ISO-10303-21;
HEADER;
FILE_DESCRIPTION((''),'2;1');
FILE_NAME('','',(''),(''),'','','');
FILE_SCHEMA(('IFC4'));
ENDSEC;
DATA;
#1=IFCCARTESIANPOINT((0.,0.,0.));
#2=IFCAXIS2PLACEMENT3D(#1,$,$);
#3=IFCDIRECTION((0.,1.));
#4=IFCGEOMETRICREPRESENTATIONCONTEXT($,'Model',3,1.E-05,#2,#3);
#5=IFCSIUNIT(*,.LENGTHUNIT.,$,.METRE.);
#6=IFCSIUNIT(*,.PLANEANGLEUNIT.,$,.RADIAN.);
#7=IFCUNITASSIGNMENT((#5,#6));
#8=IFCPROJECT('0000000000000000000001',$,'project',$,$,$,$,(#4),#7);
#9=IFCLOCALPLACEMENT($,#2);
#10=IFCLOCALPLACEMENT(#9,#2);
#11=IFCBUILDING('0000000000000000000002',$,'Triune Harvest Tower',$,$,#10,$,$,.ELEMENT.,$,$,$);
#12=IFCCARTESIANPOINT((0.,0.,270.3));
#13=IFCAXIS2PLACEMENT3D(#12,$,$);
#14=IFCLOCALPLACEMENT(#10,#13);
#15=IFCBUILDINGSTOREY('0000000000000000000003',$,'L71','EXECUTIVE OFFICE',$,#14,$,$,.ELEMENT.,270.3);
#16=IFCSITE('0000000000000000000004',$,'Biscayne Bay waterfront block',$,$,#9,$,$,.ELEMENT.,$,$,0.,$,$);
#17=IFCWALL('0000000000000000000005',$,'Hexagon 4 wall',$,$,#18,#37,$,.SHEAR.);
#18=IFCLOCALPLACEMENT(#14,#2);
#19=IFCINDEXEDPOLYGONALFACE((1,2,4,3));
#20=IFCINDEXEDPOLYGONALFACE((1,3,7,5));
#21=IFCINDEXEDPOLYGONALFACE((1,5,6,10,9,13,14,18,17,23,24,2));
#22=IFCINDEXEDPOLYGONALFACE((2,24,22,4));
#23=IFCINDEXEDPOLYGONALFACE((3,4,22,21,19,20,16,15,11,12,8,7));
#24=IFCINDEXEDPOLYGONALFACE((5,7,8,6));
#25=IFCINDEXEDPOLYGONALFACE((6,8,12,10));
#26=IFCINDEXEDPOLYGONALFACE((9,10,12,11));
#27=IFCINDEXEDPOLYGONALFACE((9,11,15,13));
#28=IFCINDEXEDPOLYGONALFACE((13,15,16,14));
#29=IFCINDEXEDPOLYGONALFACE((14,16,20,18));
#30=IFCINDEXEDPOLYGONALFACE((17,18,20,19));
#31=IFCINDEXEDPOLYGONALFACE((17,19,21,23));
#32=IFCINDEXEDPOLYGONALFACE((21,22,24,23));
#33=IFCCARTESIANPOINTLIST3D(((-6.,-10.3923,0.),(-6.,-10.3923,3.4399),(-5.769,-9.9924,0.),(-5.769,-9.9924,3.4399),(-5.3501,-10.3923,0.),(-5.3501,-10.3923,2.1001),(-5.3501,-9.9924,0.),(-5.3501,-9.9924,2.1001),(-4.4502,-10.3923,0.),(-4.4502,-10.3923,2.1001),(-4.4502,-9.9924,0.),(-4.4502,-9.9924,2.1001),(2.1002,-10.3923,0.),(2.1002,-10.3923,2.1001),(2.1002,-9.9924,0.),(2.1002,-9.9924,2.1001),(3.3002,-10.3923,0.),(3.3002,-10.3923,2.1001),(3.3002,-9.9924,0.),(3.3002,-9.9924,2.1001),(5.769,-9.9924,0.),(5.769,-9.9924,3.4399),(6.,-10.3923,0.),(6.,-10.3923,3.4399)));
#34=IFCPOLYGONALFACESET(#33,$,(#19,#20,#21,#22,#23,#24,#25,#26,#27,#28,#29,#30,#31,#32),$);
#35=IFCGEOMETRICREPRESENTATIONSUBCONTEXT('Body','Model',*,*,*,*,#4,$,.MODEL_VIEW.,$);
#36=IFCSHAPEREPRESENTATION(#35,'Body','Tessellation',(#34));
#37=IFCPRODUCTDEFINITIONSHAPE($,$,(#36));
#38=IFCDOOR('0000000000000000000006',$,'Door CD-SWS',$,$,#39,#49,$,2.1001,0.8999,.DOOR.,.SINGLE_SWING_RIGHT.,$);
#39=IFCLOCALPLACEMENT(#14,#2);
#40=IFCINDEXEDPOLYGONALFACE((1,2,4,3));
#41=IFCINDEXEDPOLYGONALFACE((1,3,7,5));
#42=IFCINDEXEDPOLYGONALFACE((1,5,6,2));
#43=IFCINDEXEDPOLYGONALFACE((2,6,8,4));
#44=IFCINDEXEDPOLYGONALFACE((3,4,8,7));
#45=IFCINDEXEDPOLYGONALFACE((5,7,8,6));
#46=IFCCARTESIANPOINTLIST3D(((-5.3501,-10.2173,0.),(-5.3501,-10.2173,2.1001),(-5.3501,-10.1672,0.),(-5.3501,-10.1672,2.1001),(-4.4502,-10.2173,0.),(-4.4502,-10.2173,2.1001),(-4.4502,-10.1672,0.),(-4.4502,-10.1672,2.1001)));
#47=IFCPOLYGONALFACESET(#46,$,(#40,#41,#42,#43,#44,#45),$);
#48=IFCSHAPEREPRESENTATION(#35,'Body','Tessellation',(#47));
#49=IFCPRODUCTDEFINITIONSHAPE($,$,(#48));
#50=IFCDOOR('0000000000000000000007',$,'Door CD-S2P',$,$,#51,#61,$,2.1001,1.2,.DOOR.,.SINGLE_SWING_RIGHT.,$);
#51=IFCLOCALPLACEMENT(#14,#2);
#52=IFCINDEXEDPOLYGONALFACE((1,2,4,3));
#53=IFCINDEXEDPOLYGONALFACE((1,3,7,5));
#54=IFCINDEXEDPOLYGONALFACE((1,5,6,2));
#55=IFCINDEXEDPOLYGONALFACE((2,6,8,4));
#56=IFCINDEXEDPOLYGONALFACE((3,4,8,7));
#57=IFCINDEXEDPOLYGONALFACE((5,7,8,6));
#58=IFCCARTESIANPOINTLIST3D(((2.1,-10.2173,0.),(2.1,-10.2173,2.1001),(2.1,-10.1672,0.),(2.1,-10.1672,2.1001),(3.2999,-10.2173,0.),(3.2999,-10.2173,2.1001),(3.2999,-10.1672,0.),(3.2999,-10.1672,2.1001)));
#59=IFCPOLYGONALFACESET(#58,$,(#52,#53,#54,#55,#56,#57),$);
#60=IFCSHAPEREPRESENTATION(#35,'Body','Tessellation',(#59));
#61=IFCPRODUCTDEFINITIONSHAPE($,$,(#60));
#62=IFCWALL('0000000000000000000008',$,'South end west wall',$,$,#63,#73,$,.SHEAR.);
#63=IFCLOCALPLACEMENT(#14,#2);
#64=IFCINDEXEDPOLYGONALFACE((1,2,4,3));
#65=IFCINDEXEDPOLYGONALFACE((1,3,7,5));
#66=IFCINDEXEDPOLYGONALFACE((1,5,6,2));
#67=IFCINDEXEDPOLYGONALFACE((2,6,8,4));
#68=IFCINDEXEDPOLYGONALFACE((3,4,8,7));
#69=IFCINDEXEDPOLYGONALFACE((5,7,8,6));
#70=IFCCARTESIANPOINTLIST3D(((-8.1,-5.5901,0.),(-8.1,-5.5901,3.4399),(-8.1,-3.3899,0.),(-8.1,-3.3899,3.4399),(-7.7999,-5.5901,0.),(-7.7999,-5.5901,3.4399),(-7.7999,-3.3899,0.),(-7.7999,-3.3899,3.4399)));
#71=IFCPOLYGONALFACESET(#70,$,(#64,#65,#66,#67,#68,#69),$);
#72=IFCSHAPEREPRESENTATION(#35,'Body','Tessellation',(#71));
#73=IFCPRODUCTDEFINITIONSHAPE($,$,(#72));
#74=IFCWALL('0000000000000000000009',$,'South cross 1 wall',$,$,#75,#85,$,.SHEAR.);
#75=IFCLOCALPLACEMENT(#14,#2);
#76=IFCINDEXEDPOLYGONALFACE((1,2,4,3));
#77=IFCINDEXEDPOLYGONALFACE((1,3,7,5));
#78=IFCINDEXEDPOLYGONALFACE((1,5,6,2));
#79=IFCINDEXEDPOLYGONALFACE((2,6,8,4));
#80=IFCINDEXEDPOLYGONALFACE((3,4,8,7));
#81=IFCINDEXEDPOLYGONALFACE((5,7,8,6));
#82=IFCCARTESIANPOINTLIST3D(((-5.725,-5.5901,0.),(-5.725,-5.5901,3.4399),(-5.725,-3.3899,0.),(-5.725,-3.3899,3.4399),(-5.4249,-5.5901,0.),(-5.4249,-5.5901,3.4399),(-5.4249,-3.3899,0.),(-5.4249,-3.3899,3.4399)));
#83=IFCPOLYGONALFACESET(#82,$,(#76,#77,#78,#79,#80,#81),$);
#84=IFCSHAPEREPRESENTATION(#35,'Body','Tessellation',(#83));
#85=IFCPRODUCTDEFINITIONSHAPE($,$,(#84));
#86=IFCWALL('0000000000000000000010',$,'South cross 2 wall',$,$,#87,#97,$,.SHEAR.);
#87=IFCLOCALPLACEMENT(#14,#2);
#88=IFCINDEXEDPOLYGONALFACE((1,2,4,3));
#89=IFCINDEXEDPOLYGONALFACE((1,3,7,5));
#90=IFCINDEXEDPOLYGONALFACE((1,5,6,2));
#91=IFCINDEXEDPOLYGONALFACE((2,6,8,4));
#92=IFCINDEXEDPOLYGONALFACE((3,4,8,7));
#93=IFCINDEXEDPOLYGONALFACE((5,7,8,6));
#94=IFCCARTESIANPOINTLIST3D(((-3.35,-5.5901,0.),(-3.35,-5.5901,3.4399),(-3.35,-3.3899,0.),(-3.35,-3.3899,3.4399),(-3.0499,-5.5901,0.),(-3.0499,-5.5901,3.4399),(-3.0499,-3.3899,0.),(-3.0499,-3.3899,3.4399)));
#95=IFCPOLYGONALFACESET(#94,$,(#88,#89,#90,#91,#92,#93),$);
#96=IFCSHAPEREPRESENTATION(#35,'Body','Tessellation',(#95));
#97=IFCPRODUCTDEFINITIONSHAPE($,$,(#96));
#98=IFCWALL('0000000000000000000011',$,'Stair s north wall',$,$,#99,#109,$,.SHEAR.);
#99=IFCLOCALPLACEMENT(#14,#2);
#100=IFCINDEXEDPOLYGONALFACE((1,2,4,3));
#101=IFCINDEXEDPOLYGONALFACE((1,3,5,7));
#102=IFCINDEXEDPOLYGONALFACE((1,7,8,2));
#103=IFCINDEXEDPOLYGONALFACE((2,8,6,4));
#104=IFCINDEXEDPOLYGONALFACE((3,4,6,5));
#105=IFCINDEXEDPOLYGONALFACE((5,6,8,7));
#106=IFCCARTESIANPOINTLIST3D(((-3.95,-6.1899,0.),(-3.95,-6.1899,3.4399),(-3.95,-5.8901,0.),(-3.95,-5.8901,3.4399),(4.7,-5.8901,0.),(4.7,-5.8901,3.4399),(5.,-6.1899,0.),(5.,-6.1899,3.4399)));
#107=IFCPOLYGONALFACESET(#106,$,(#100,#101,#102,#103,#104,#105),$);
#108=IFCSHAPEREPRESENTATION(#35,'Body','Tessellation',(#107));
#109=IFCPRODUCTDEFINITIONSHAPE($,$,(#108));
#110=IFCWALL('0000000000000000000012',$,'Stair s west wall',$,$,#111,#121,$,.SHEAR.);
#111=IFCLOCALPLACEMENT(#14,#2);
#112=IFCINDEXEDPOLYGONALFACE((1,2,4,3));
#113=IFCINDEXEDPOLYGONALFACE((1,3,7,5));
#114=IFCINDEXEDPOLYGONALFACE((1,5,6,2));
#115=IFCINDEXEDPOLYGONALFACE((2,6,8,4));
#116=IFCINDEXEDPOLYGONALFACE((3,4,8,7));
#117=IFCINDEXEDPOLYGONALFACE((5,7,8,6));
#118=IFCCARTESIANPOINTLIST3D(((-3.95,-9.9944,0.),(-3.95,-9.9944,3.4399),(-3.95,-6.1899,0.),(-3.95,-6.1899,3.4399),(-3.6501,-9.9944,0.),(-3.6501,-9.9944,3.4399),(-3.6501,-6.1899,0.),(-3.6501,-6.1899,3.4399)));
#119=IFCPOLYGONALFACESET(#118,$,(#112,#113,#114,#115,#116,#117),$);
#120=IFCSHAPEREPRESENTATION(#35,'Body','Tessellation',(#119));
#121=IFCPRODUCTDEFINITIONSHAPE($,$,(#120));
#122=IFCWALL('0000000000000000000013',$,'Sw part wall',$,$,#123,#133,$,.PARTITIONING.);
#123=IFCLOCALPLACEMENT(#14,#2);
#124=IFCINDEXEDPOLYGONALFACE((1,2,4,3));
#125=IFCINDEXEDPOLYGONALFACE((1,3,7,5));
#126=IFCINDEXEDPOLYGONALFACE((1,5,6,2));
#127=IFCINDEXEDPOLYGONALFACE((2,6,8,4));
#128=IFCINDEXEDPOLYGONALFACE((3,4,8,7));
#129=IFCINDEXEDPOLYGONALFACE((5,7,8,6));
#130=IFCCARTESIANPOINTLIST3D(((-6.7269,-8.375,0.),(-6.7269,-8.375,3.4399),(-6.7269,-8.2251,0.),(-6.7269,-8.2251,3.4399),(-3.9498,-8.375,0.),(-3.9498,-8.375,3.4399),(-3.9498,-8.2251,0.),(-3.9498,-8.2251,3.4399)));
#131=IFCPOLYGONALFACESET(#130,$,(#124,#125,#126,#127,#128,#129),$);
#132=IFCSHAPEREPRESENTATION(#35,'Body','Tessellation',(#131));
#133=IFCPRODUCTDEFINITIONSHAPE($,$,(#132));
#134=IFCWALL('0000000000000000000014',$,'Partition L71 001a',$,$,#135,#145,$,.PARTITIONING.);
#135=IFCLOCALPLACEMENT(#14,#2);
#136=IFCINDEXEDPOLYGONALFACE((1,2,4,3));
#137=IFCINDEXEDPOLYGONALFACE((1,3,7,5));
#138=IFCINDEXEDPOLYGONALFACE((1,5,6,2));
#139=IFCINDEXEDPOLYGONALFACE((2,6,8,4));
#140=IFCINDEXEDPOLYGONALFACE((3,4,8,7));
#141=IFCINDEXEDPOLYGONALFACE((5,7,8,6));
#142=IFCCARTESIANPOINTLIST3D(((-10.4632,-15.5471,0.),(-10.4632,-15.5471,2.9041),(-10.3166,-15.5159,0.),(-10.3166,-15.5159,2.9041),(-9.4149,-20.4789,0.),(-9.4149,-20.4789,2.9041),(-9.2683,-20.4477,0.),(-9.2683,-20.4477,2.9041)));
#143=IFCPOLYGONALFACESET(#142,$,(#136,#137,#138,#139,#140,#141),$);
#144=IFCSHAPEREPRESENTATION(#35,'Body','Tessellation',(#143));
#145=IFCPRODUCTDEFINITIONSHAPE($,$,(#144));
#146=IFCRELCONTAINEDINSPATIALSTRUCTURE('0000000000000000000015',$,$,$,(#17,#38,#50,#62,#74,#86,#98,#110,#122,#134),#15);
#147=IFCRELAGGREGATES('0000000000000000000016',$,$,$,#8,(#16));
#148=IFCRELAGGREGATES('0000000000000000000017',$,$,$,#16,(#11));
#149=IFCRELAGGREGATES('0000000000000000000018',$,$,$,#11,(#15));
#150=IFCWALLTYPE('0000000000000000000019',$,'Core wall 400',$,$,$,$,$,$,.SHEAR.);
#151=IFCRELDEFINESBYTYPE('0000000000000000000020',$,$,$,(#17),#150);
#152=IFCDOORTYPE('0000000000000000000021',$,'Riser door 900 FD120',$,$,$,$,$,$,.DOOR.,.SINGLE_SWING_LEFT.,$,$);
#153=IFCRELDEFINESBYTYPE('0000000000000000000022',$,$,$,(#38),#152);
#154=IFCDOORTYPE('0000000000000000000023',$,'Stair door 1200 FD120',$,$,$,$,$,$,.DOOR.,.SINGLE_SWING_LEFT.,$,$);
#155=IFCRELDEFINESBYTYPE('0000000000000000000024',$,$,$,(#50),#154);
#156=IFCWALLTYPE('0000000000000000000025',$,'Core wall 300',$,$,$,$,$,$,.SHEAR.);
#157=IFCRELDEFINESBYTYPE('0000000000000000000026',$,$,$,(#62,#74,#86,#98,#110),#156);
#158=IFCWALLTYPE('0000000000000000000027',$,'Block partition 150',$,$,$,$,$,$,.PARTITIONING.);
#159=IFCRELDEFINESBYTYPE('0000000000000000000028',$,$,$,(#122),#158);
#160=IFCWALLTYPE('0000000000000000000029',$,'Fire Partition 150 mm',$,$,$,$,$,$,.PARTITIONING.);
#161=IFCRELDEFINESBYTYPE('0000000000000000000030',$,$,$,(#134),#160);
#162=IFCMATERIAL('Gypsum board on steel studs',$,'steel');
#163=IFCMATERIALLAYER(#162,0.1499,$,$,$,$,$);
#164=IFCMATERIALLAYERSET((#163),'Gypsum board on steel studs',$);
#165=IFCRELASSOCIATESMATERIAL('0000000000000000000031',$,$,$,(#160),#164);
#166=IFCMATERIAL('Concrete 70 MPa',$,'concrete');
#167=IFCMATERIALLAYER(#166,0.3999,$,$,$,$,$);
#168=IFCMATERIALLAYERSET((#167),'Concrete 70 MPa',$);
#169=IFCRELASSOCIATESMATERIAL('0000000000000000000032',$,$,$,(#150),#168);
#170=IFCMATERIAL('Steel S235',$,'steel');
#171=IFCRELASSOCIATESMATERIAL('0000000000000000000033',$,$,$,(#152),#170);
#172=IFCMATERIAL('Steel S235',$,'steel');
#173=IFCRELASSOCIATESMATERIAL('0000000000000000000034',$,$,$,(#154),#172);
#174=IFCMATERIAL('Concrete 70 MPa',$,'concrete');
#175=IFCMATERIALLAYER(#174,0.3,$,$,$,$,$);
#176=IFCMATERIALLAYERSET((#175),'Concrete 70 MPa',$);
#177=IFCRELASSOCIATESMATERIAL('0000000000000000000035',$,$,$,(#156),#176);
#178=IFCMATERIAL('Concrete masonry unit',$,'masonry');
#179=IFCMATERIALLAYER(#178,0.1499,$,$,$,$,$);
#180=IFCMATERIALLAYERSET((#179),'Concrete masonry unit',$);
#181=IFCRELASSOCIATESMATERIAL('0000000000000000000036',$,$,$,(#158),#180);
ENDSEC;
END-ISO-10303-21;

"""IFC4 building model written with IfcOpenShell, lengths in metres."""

from ifc_helpers import new_model, si_unit, direction, frame, frame_2d, origin, place, context, subcontext, project, spatial, polyline, rectangle, outline, extrude, source, transform, mapped, material, layer, layer_set, type_object, element, fill, save


model = new_model("IFC4")

# Units and contexts
model_context = context("Model", 3, precision=1e-05, world=origin(), true_north=direction((0.0, 1.0)))
body_context = subcontext(model_context, "Body", "Model", "MODEL_VIEW")
ifc_project = project(units=[si_unit("LENGTHUNIT", "METRE"), si_unit("PLANEANGLEUNIT", "RADIAN")], contexts=[model_context])

# Site, building, storey
site_placement = place(None, origin())
site = spatial("IfcSite", under=ifc_project, at=site_placement, Name="Biscayne Bay waterfront block", CompositionType="ELEMENT", RefElevation=0.0)
building_placement = place(site_placement, origin())
building = spatial("IfcBuilding", under=site, at=building_placement, Name="Triune Harvest Tower", CompositionType="ELEMENT")
storey_placement = place(building_placement, frame((0.0, 0.0, 270.3)))
storey = spatial("IfcBuildingStorey", under=building, at=storey_placement, Name="L71", Description="EXECUTIVE OFFICE", CompositionType="ELEMENT", Elevation=270.3)

# Shared definitions
ifc_material_1 = material(Name="Gypsum board on steel studs", Category="steel")
ifc_layer_1 = layer(ifc_material_1, 0.1499)
ifc_layer_set_1 = layer_set([ifc_layer_1], Name="Gypsum board on steel studs")
wall_type_1 = type_object("IfcWallType", Name="Fire Partition 150 mm", PredefinedType="PARTITIONING", material=ifc_layer_set_1)

# Wall, openings, doors
ifc_material_2 = material(Name="Concrete 70 MPa", Category="concrete")
ifc_layer_2 = layer(ifc_material_2, 0.3999)
ifc_layer_set_2 = layer_set([ifc_layer_2], Name="Concrete 70 MPa")
wall_type_2 = type_object("IfcWallType", Name="Core wall 400", PredefinedType="SHEAR", material=ifc_layer_set_2)
shared_shape_1 = source(origin(), body_context, "Body", "SweptSolid", [
    extrude(outline(polyline([(-0.1155, -0.2), (11.8845, -0.2), (11.6536, 0.2), (0.1155, 0.2), (-0.1155, -0.2)])), origin(), (0.0, 0.0, 1.0), 3.4399),
])
wall_1_placement = place(storey_placement, frame((-5.8845, -10.1924, 0.0), z_axis=(0.0, 0.0, 1.0), x_axis=(1.0, 0.0, 0.0)))
wall_1 = element("IfcWall", 1, at=wall_1_placement, inside=storey, type_object=wall_type_2, Name="Hexagon 4 wall", PredefinedType="SHEAR", context=body_context, shape_type="MappedRepresentation", body=[
    mapped(shared_shape_1, transform((0.0, 0.0, 0.0), scale=1.0)),
])
opening_1_placement = place(wall_1_placement, frame((7.9846, 0.0, 0.0)))
opening_1 = element("IfcOpeningElement", 2, at=opening_1_placement, cuts=wall_1, PredefinedType="OPENING", context=body_context, shape_type="SweptSolid", body=[
    extrude(rectangle(XDim=1.2, YDim=2.1001, at=frame_2d((0.6001, 1.05))), frame((0.0, 0.21, 0.0), z_axis=(0.0, -1.0, 0.0), x_axis=(1.0, 0.0, 0.0)), (0.0, 0.0, 1.0), 0.4199),
])
opening_2_placement = place(wall_1_placement, frame((0.5344, 0.0, 0.0)))
opening_2 = element("IfcOpeningElement", 3, at=opening_2_placement, cuts=wall_1, PredefinedType="OPENING", context=body_context, shape_type="SweptSolid", body=[
    extrude(rectangle(XDim=0.8999, YDim=2.1001, at=frame_2d((0.45, 1.05))), frame((0.0, 0.21, 0.0), z_axis=(0.0, -1.0, 0.0), x_axis=(1.0, 0.0, 0.0)), (0.0, 0.0, 1.0), 0.4199),
])
ifc_material_3 = material(Name="Steel S235", Category="steel")
door_type_1 = type_object("IfcDoorType", Name="Riser door 900 FD120", OperationType="SINGLE_SWING_LEFT", PredefinedType="DOOR", material=ifc_material_3)
door_1_placement = place(opening_2_placement, frame((0.8999, 0.0, 0.0), z_axis=(0.0, 0.0, 1.0), x_axis=(-1.0, 0.0, 0.0)))
door_1 = element("IfcDoor", 4, at=door_1_placement, inside=storey, type_object=door_type_1, Name="Door CD-SWS", OperationType="SINGLE_SWING_RIGHT", OverallHeight=2.1001, OverallWidth=0.8999, PredefinedType="DOOR", context=body_context, shape_type="SweptSolid", body=[
    extrude(rectangle(XDim=0.8999, YDim=2.1001, at=frame_2d((0.45, 1.05))), frame((0.0, 0.0249, 0.0), z_axis=(0.0, -1.0, 0.0), x_axis=(1.0, 0.0, 0.0)), (0.0, 0.0, 1.0), 0.05),
])
fill(opening_2, door_1)
ifc_material_4 = material(Name="Steel S235", Category="steel")
door_type_2 = type_object("IfcDoorType", Name="Stair door 1200 FD120", OperationType="SINGLE_SWING_LEFT", PredefinedType="DOOR", material=ifc_material_4)
door_2_placement = place(opening_1_placement, frame((1.2, 0.0, 0.0), z_axis=(0.0, 0.0, 1.0), x_axis=(-1.0, 0.0, 0.0)))
door_2 = element("IfcDoor", 5, at=door_2_placement, inside=storey, type_object=door_type_2, Name="Door CD-S2P", OperationType="SINGLE_SWING_RIGHT", OverallHeight=2.1001, OverallWidth=1.2, PredefinedType="DOOR", context=body_context, shape_type="SweptSolid", body=[
    extrude(rectangle(XDim=1.2, YDim=2.1001, at=frame_2d((0.6001, 1.05))), frame((0.0, 0.0249, 0.0), z_axis=(0.0, -1.0, 0.0), x_axis=(1.0, 0.0, 0.0)), (0.0, 0.0, 1.0), 0.05),
])
fill(opening_1, door_2)

# Walls
ifc_material_5 = material(Name="Concrete 70 MPa", Category="concrete")
ifc_layer_3 = layer(ifc_material_5, 0.3)
ifc_layer_set_3 = layer_set([ifc_layer_3], Name="Concrete 70 MPa")
wall_type_3 = type_object("IfcWallType", Name="Core wall 300", PredefinedType="SHEAR", material=ifc_layer_set_3)
shared_shape_2 = source(origin(), body_context, "Body", "SweptSolid", [
    extrude(rectangle(XDim=2.2002, YDim=0.3, at=frame_2d((1.1001, 0.0))), origin(), (0.0, 0.0, 1.0), 3.4399),
])
for number, where, z_axis, x_axis, name in (
    (6, (-7.95, -5.5901, 0.0), (0.0, 0.0, 1.0), (0.0, 1.0, 0.0), "South end west wall"),
    (7, (-5.575, -5.5901, 0.0), (0.0, 0.0, 1.0), (0.0, 1.0, 0.0), "South cross 1 wall"),
    (8, (-3.2, -5.5901, 0.0), (0.0, 0.0, 1.0), (0.0, 1.0, 0.0), "South cross 2 wall"),
):
    element("IfcWall", number, at=place(storey_placement, frame(where, z_axis=z_axis, x_axis=x_axis)), inside=storey, type_object=wall_type_3, Name=name, PredefinedType="SHEAR", context=body_context, shape_type="MappedRepresentation", body=[
        mapped(shared_shape_2, transform((0.0, 0.0, 0.0), scale=1.0)),
    ])
shared_shape_3 = source(origin(), body_context, "Body", "SweptSolid", [
    extrude(outline(polyline([(0.0, -0.1499), (8.95, -0.1499), (8.6499, 0.1499), (0.0, 0.1499), (0.0, -0.1499)])), origin(), (0.0, 0.0, 1.0), 3.4399),
])
wall_2_placement = place(storey_placement, frame((-3.95, -6.04, 0.0), z_axis=(0.0, 0.0, 1.0), x_axis=(1.0, 0.0, 0.0)))
element("IfcWall", 9, at=wall_2_placement, inside=storey, type_object=wall_type_3, Name="Stair s north wall", PredefinedType="SHEAR", context=body_context, shape_type="MappedRepresentation", body=[
    mapped(shared_shape_3, transform((0.0, 0.0, 0.0), scale=1.0)),
])
shared_shape_4 = source(origin(), body_context, "Body", "SweptSolid", [
    extrude(outline(polyline([(3.8, -0.1499), (-0.0044, -0.1499), (-0.0044, 0.1499), (3.8, 0.1499), (3.8, -0.1499)])), origin(), (0.0, 0.0, 1.0), 3.4399),
])
wall_3_placement = place(storey_placement, frame((-3.8, -9.99, 0.0), z_axis=(0.0, 0.0, 1.0), x_axis=(0.0, 1.0, 0.0)))
element("IfcWall", 10, at=wall_3_placement, inside=storey, type_object=wall_type_3, Name="Stair s west wall", PredefinedType="SHEAR", context=body_context, shape_type="MappedRepresentation", body=[
    mapped(shared_shape_4, transform((0.0, 0.0, 0.0), scale=1.0)),
])
ifc_material_6 = material(Name="Concrete masonry unit", Category="masonry")
ifc_layer_4 = layer(ifc_material_6, 0.1499)
ifc_layer_set_4 = layer_set([ifc_layer_4], Name="Concrete masonry unit")
wall_type_4 = type_object("IfcWallType", Name="Block partition 150", PredefinedType="PARTITIONING", material=ifc_layer_set_4)
shared_shape_5 = source(origin(), body_context, "Body", "SweptSolid", [
    extrude(rectangle(XDim=2.7771, YDim=0.1499, at=frame_2d((1.3887, 0.0))), origin(), (0.0, 0.0, 1.0), 3.4399),
])
wall_4_placement = place(storey_placement, frame((-6.7271, -8.3, 0.0), z_axis=(0.0, 0.0, 1.0), x_axis=(1.0, 0.0, 0.0)))
element("IfcWall", 11, at=wall_4_placement, inside=storey, type_object=wall_type_4, Name="Sw part wall", PredefinedType="PARTITIONING", context=body_context, shape_type="MappedRepresentation", body=[
    mapped(shared_shape_5, transform((0.0, 0.0, 0.0), scale=1.0)),
])
shared_shape_6 = source(origin(), body_context, "Body", "SweptSolid", [
    extrude(rectangle(XDim=5.042, YDim=0.1499, at=frame_2d((2.521, 0.0))), origin(), (0.0, 0.0, 1.0), 2.9041),
])
wall_5_placement = place(storey_placement, frame((-10.3899, -15.5315, 0.0), z_axis=(0.0, 0.0, 1.0), x_axis=(0.207918, -0.978146, 0.0)))
element("IfcWall", 12, at=wall_5_placement, inside=storey, type_object=wall_type_1, Name="Partition L71 001a", PredefinedType="PARTITIONING", context=body_context, shape_type="MappedRepresentation", body=[
    mapped(shared_shape_6, transform((0.0, 0.0, 0.0), scale=1.0)),
])

save(model, "model.ifc")
